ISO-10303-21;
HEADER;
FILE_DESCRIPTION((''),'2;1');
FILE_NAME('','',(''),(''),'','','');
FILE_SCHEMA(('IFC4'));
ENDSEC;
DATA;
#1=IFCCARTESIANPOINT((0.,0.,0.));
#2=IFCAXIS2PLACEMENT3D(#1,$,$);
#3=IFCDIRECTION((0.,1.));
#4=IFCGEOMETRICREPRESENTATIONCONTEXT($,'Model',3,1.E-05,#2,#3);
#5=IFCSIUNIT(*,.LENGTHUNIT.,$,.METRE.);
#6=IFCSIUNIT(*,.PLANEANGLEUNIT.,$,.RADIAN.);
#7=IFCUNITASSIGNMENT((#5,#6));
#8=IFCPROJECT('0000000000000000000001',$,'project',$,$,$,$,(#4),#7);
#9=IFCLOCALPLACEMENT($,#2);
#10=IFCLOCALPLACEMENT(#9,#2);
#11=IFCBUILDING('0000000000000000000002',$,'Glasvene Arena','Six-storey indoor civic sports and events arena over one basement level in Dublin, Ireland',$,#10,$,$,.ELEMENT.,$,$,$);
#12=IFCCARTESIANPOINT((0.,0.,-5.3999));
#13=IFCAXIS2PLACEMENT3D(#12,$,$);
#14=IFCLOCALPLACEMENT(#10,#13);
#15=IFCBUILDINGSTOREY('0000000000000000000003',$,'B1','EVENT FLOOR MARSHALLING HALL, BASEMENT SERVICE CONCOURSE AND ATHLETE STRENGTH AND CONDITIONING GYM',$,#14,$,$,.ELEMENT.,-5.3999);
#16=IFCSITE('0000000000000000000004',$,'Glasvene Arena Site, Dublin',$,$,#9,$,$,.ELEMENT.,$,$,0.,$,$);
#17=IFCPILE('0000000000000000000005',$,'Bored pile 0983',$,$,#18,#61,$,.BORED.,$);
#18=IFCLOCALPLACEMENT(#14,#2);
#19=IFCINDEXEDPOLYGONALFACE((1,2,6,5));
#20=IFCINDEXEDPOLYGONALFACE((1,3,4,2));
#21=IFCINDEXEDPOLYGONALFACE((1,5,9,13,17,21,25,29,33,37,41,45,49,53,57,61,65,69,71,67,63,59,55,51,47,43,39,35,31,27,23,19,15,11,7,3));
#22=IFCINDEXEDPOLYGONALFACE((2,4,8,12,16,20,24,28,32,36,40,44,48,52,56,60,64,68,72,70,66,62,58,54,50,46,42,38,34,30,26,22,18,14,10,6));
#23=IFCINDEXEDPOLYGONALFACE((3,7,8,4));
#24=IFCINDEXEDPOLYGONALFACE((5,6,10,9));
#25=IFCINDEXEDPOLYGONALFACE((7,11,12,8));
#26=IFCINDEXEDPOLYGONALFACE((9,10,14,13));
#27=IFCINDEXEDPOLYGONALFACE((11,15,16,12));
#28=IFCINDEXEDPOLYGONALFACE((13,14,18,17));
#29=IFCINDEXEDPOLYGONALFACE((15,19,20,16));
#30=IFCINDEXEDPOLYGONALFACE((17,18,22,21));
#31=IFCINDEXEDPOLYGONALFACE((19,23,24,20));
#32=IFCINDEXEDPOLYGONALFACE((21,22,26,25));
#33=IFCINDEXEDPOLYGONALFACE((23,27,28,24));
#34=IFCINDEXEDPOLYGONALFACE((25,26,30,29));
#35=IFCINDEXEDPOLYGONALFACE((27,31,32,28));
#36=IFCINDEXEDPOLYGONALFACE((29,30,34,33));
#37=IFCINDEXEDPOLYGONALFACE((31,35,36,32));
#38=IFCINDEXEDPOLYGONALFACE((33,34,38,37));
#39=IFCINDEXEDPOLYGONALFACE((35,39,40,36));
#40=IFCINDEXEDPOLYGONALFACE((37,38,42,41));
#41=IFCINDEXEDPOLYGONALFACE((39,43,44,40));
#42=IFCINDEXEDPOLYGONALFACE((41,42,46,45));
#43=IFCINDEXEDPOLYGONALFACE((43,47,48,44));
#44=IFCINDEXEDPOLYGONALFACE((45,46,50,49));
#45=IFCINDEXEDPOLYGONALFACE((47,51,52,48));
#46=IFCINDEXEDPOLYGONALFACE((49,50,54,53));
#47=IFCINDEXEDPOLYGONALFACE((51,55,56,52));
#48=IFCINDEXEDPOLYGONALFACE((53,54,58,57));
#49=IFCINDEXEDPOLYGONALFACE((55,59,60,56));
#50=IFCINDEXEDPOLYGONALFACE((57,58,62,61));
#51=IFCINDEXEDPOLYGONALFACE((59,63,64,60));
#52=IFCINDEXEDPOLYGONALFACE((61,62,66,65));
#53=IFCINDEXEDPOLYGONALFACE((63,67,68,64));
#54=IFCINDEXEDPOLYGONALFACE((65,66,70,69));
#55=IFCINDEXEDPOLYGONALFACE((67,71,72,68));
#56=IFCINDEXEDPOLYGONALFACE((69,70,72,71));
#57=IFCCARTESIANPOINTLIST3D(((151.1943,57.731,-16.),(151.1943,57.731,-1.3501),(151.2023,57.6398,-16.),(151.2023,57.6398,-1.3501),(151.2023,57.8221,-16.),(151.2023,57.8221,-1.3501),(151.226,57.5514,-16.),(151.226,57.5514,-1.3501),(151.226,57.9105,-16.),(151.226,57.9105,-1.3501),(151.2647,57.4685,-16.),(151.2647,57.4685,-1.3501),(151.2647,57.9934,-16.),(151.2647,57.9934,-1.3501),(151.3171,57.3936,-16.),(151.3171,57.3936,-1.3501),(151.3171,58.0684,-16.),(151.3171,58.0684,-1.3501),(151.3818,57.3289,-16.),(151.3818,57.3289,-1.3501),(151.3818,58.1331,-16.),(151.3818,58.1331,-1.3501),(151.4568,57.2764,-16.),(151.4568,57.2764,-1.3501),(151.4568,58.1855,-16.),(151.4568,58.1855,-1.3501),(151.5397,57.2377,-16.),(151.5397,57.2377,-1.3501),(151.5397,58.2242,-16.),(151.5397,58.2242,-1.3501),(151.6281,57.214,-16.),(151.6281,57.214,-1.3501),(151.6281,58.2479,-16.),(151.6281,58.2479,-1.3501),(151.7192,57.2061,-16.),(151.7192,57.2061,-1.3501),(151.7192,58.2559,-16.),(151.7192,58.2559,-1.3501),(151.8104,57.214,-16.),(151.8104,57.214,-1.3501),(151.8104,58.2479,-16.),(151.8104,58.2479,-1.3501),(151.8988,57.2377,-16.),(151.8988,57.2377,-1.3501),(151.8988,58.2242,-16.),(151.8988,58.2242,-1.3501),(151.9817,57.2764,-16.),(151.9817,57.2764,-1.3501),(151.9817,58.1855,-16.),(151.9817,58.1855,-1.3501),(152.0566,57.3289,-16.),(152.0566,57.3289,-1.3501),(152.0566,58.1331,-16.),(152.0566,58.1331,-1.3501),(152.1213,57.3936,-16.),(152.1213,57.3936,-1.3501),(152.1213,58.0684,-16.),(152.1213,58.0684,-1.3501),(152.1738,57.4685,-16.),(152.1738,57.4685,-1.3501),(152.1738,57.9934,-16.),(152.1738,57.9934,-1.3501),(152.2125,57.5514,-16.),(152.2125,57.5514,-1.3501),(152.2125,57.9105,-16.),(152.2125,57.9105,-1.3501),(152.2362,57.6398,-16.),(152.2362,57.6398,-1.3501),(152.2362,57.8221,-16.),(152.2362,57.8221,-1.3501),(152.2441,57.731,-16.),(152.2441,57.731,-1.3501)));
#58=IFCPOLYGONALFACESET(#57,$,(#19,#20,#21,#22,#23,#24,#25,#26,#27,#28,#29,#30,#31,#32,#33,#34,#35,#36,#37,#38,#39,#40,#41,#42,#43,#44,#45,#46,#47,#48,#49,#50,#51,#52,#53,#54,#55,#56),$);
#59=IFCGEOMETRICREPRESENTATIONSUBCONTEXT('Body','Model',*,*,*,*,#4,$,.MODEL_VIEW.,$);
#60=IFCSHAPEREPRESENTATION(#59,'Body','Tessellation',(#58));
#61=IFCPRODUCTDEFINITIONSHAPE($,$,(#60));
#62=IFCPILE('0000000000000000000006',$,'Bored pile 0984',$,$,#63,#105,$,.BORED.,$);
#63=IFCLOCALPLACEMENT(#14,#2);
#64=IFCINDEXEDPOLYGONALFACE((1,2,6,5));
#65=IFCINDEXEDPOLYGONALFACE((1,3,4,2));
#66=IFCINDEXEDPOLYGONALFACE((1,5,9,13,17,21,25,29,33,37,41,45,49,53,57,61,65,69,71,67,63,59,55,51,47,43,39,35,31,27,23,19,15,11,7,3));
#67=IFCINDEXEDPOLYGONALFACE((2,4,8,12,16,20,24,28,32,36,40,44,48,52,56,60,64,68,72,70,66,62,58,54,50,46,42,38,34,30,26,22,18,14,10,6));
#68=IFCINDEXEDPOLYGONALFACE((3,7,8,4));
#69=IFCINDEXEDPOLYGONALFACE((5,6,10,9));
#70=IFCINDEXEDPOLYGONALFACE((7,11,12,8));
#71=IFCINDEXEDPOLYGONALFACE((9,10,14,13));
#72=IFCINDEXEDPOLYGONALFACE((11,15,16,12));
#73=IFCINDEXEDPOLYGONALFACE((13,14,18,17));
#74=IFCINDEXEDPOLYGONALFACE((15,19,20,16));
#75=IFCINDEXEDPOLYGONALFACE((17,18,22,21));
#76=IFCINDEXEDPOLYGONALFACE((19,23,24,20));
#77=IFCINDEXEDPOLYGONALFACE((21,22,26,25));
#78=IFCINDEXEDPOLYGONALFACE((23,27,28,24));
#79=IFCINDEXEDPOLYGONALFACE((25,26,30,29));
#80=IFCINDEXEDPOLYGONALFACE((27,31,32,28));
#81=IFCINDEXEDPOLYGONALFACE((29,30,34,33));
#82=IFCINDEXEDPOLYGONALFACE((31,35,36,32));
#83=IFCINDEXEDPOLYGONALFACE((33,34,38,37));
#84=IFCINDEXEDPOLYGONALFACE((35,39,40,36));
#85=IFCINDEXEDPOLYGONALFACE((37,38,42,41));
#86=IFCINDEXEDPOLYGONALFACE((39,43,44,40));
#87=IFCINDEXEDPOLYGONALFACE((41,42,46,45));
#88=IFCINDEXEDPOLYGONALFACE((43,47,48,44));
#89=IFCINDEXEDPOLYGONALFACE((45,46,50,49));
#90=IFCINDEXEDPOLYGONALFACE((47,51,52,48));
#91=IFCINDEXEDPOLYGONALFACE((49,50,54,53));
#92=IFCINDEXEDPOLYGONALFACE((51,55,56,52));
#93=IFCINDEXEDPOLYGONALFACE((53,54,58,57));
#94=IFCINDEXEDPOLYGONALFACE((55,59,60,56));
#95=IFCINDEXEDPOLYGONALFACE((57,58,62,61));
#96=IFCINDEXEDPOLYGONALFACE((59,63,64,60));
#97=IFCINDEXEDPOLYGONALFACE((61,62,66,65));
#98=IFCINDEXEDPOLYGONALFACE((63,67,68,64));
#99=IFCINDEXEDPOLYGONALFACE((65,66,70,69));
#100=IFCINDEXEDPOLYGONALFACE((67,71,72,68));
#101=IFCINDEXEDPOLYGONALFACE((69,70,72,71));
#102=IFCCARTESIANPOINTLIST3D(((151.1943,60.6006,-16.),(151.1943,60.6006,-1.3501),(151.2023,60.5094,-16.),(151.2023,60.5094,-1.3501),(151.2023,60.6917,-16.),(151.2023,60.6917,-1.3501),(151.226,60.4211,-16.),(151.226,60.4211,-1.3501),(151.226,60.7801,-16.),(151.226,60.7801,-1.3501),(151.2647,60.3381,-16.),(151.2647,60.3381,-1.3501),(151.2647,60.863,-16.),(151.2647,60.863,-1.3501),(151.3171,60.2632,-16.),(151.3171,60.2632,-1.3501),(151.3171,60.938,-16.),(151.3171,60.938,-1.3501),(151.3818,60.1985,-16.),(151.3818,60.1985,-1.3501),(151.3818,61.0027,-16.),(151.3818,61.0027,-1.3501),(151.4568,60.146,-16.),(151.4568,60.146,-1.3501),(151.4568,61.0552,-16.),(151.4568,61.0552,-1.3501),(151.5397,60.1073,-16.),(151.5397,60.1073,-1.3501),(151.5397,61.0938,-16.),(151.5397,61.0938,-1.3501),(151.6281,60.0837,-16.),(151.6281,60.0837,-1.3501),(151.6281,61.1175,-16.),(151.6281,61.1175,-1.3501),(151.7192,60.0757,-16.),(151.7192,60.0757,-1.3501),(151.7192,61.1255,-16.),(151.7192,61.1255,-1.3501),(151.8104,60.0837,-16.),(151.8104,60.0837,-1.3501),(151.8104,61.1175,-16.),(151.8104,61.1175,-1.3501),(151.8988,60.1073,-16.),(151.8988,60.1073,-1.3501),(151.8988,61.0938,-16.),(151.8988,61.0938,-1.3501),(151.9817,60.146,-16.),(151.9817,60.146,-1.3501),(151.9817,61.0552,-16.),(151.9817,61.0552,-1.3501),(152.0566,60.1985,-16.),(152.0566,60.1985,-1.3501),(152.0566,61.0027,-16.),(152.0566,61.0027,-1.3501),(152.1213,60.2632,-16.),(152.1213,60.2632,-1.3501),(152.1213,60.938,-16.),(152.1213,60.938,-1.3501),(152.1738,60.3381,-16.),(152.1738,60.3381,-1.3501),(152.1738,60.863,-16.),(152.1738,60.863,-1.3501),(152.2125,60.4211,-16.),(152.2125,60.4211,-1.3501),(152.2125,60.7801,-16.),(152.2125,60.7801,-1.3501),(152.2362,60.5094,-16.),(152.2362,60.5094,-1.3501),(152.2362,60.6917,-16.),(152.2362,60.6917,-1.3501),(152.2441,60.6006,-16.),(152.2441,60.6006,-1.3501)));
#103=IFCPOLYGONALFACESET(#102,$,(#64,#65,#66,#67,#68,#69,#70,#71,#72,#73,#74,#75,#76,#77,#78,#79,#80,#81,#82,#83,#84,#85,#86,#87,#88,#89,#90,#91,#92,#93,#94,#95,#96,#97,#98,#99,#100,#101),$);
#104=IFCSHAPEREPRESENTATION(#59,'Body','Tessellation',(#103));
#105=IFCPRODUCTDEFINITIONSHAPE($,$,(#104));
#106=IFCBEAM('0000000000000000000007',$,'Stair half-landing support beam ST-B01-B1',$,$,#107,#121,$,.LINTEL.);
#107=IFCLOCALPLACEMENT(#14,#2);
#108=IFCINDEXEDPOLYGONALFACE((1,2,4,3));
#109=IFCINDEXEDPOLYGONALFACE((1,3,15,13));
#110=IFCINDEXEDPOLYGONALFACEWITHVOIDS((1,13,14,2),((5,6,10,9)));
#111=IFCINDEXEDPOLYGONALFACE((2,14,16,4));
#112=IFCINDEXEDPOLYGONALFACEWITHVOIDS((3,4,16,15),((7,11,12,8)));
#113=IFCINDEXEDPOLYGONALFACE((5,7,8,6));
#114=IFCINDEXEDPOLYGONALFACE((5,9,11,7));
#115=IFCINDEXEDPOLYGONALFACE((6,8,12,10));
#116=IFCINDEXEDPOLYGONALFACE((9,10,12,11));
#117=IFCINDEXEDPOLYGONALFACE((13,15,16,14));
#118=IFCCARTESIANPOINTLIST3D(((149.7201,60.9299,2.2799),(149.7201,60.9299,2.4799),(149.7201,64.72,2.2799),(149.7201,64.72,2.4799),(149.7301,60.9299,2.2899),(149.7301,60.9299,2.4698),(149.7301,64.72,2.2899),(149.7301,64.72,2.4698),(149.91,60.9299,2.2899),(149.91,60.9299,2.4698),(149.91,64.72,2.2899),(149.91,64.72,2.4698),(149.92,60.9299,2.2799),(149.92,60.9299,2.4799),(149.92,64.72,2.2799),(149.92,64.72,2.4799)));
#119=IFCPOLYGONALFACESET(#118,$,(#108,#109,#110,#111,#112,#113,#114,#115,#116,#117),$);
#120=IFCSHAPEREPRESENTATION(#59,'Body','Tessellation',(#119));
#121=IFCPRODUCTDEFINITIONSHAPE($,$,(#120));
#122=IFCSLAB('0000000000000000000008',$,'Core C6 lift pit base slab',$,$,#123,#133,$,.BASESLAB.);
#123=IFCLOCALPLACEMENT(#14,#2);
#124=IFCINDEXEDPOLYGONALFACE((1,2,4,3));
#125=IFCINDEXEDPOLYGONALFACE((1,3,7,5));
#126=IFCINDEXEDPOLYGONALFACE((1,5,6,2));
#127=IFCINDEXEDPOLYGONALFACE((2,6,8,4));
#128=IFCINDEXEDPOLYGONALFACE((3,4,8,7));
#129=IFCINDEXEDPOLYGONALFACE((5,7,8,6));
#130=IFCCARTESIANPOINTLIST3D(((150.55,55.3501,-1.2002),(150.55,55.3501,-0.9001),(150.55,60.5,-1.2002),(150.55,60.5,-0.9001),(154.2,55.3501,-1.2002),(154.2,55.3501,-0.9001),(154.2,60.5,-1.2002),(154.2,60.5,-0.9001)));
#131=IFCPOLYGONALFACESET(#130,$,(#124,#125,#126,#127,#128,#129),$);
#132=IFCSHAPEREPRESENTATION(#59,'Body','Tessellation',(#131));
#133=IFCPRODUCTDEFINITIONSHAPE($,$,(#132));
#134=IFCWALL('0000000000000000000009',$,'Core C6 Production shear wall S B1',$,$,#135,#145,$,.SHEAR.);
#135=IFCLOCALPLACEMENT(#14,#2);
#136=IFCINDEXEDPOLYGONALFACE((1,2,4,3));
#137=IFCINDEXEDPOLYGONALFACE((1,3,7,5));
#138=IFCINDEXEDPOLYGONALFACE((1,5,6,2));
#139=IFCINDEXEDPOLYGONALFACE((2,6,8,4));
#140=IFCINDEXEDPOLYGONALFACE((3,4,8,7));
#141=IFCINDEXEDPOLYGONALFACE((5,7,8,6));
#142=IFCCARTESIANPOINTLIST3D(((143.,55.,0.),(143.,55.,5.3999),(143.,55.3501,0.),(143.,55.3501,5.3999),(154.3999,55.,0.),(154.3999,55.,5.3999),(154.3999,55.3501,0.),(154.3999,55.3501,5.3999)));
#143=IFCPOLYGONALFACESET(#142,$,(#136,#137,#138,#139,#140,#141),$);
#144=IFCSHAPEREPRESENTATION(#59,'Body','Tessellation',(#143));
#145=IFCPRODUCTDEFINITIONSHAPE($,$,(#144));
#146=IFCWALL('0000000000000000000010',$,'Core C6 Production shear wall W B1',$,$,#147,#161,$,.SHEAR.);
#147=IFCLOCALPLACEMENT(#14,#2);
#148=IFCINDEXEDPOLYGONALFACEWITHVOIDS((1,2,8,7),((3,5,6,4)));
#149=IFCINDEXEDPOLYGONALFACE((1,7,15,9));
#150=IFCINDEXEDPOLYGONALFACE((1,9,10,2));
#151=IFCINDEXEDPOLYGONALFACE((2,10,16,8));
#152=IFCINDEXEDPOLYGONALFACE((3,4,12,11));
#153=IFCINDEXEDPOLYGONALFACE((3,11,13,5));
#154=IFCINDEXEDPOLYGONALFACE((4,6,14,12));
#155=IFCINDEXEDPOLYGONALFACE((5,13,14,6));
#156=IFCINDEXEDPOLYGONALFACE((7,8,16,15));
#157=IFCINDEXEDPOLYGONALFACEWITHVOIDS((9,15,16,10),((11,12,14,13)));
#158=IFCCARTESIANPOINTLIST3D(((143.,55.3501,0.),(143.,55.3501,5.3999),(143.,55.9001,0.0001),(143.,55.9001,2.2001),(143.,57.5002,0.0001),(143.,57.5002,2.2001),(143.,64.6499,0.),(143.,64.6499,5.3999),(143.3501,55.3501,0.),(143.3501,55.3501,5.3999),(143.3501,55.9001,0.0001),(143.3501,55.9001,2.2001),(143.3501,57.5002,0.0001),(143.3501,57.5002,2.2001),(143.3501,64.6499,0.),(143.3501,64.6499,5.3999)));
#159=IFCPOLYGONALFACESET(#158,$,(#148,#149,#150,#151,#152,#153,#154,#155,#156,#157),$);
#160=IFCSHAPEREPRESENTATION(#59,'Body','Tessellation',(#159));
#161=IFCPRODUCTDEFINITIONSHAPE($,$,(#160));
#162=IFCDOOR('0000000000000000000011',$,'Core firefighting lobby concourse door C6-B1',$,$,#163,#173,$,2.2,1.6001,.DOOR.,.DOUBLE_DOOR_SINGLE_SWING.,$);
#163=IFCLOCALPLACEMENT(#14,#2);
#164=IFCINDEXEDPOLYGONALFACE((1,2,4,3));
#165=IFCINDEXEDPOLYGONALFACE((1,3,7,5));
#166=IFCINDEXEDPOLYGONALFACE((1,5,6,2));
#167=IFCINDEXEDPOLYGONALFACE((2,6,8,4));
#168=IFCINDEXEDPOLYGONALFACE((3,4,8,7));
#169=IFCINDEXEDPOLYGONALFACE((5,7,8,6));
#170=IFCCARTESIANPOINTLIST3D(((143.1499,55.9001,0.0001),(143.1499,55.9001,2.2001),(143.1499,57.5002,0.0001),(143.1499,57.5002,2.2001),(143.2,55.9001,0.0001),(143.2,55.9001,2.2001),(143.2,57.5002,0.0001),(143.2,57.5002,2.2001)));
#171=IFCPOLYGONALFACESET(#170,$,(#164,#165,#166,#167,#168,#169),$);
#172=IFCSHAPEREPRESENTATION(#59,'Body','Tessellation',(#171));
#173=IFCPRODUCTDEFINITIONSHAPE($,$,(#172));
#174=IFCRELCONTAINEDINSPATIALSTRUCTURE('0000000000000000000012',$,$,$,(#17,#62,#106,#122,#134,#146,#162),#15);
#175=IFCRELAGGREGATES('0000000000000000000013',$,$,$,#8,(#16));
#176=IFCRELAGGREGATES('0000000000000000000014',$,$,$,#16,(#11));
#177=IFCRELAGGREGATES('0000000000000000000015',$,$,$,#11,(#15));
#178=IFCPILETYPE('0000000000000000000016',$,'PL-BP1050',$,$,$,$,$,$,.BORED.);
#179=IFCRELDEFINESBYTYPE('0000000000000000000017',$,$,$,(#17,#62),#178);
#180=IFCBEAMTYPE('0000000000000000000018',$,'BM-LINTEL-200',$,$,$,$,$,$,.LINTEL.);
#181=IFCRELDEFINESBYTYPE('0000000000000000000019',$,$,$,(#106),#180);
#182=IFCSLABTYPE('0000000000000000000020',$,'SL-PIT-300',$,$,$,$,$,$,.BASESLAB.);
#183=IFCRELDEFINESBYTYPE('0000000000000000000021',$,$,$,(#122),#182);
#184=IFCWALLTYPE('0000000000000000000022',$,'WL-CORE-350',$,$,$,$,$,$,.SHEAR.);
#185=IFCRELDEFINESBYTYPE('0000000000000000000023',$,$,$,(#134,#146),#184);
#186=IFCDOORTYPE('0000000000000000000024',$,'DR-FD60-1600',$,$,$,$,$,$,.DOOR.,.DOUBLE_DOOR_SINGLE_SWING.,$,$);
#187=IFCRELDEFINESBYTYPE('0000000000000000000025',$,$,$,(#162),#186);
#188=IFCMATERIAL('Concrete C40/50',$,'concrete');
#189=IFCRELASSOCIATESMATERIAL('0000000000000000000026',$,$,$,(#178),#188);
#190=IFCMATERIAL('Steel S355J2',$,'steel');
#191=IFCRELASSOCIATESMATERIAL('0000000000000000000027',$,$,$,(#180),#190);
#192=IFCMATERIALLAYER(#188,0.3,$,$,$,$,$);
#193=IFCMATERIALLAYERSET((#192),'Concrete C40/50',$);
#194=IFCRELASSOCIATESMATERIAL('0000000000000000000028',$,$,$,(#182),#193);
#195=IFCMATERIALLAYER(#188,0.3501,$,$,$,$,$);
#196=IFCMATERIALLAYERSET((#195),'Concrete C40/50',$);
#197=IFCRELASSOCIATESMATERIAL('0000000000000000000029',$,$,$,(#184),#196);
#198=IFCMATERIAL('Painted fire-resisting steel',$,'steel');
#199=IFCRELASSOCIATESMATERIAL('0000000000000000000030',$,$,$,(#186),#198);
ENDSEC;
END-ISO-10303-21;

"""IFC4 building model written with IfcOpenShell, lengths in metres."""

from ifc_helpers import new_model, si_unit, direction, frame, frame_2d, origin, origin_2d, place, context, subcontext, project, spatial, polyline, rectangle, hollow_rectangle, circle, outline, extrude, material, layer, layer_set, material_profile, profile_set, type_object, element, fill, save


model = new_model("IFC4")

# Units and contexts
model_context = context("Model", 3, precision=1e-05, world=origin(), true_north=direction((0.0, 1.0)))
body_context = subcontext(model_context, "Body", "Model", "MODEL_VIEW")
ifc_project = project(units=[si_unit("LENGTHUNIT", "METRE"), si_unit("PLANEANGLEUNIT", "RADIAN")], contexts=[model_context])

# Site, building, storey
site_placement = place(None, origin())
site = spatial("IfcSite", under=ifc_project, at=site_placement, Name="Glasvene Arena Site, Dublin", CompositionType="ELEMENT", RefElevation=0.0)
building_placement = place(site_placement, origin())
building = spatial("IfcBuilding", under=site, at=building_placement, Name="Glasvene Arena", Description="Six-storey indoor civic sports and events arena over one basement level in Dublin, Ireland", CompositionType="ELEMENT")
storey_placement = place(building_placement, frame((0.0, 0.0, -5.3999)))
storey = spatial("IfcBuildingStorey", under=building, at=storey_placement, Name="B1", Description="EVENT FLOOR MARSHALLING HALL, BASEMENT SERVICE CONCOURSE AND ATHLETE STRENGTH AND CONDITIONING GYM", CompositionType="ELEMENT", Elevation=-5.3999)

# Piles
ifc_material_1 = material(Name="Concrete C40/50", Category="concrete")
ifc_material_profile_1 = material_profile(ifc_material_1, circle(Radius=0.5249, at=origin_2d()), Name="BORED PILE 1050")
ifc_profile_set_1 = profile_set([ifc_material_profile_1], Name="Concrete C40/50")
pile_type = type_object("IfcPileType", Name="PL-BP1050", PredefinedType="BORED", material=ifc_profile_set_1)
for number, where, z_axis, x_axis, name in (
    (1, (151.7192, 57.731, -1.3501), (0.0, 0.0, -1.0), (1.0, 0.0, 0.0), "Bored pile 0983"),
    (2, (151.7192, 60.6006, -1.3501), (0.0, 0.0, -1.0), (1.0, 0.0, 0.0), "Bored pile 0984"),
):
    element("IfcPile", number, at=place(storey_placement, frame(where, z_axis=z_axis, x_axis=x_axis)), inside=storey, type_object=pile_type, Name=name, PredefinedType="BORED", context=body_context, shape_type="SweptSolid", body=[
        extrude(circle(Radius=0.5249, at=origin_2d()), origin(), (0.0, 0.0, 1.0), 14.6499),
    ])

# Beam
ifc_material_2 = material(Name="Steel S355J2", Category="steel")
ifc_material_profile_2 = material_profile(ifc_material_2, hollow_rectangle(XDim=0.2, YDim=0.2, WallThickness=0.01, at=origin_2d()), Name="SHS 200x200x10.0")
ifc_profile_set_2 = profile_set([ifc_material_profile_2], Name="Steel S355J2")
beam_type = type_object("IfcBeamType", Name="BM-LINTEL-200", PredefinedType="LINTEL", material=ifc_profile_set_2)
beam_placement = place(storey_placement, frame((149.8201, 60.9299, 2.3799), z_axis=(0.0, 1.0, 0.0), x_axis=(-1.0, 0.0, 0.0)))
element("IfcBeam", 3, at=beam_placement, inside=storey, type_object=beam_type, Name="Stair half-landing support beam ST-B01-B1", PredefinedType="LINTEL", context=body_context, shape_type="SweptSolid", body=[
    extrude(hollow_rectangle(XDim=0.2, YDim=0.2, WallThickness=0.01, at=origin_2d()), origin(), (0.0, 0.0, 1.0), 3.79),
])

# Slab
ifc_layer_1 = layer(ifc_material_1, 0.3)
ifc_layer_set_1 = layer_set([ifc_layer_1], Name="Concrete C40/50")
slab_type = type_object("IfcSlabType", Name="SL-PIT-300", PredefinedType="BASESLAB", material=ifc_layer_set_1)
slab_placement = place(storey_placement, frame((152.375, 57.925, -1.2002)))
element("IfcSlab", 4, at=slab_placement, inside=storey, type_object=slab_type, Name="Core C6 lift pit base slab", PredefinedType="BASESLAB", context=body_context, shape_type="SweptSolid", body=[
    extrude(outline(polyline([(-1.825, -2.575), (1.825, -2.575), (1.825, 2.575), (-1.825, 2.575), (-1.825, -2.575)])), origin(), (0.0, 0.0, 1.0), 0.3),
])

# Wall
ifc_layer_2 = layer(ifc_material_1, 0.3501)
ifc_layer_set_2 = layer_set([ifc_layer_2], Name="Concrete C40/50")
wall_type_1 = type_object("IfcWallType", Name="WL-CORE-350", PredefinedType="SHEAR", material=ifc_layer_set_2)
wall_1_placement = place(storey_placement, frame((143.0, 55.175, 0.0), z_axis=(0.0, 0.0, 1.0), x_axis=(1.0, 0.0, 0.0)))
element("IfcWall", 5, at=wall_1_placement, inside=storey, type_object=wall_type_1, Name="Core C6 Production shear wall S B1", PredefinedType="SHEAR", context=body_context, shape_type="SweptSolid", body=[
    extrude(rectangle(XDim=11.3999, YDim=0.3501, at=frame_2d((5.7, 0.0))), origin(), (0.0, 0.0, 1.0), 5.3999),
])

# Wall, opening, door
wall_2_placement = place(storey_placement, frame((143.175, 55.3501, 0.0), z_axis=(0.0, 0.0, 1.0), x_axis=(0.0, 1.0, 0.0)))
wall_2 = element("IfcWall", 6, at=wall_2_placement, inside=storey, type_object=wall_type_1, Name="Core C6 Production shear wall W B1", PredefinedType="SHEAR", context=body_context, shape_type="SweptSolid", body=[
    extrude(rectangle(XDim=9.2998, YDim=0.3501, at=frame_2d((4.6499, 0.0))), origin(), (0.0, 0.0, 1.0), 5.3999),
])
opening_1_placement = place(wall_2_placement, frame((0.55, 0.0, 0.0)))
opening_1 = element("IfcOpeningElement", 7, at=opening_1_placement, cuts=wall_2, PredefinedType="OPENING", context=body_context, shape_type="SweptSolid", body=[
    extrude(rectangle(XDim=1.6001, YDim=2.2, at=frame_2d((0.8, 1.1001))), frame((0.0, 0.1851, 0.0), z_axis=(0.0, -1.0, 0.0), x_axis=(1.0, 0.0, 0.0)), (0.0, 0.0, 1.0), 0.3701),
])
ifc_material_3 = material(Name="Painted fire-resisting steel", Category="steel")
door_type_1 = type_object("IfcDoorType", Name="DR-FD60-1600", OperationType="DOUBLE_DOOR_SINGLE_SWING", PredefinedType="DOOR", material=ifc_material_3)
door_1_placement = place(opening_1_placement, frame((1.6001, 0.0, 0.0), z_axis=(0.0, 0.0, 1.0), x_axis=(-1.0, 0.0, 0.0)))
door_1 = element("IfcDoor", 8, at=door_1_placement, inside=storey, type_object=door_type_1, Name="Core firefighting lobby concourse door C6-B1", OperationType="DOUBLE_DOOR_SINGLE_SWING", OverallHeight=2.2, OverallWidth=1.6001, PredefinedType="DOOR", context=body_context, shape_type="SweptSolid", body=[
    extrude(rectangle(XDim=1.6001, YDim=2.2, at=frame_2d((0.8, 1.1001))), frame((0.0, 0.0249, 0.0), z_axis=(0.0, -1.0, 0.0), x_axis=(1.0, 0.0, 0.0)), (0.0, 0.0, 1.0), 0.05),
])
fill(opening_1, door_1)

save(model, "model.ifc")
